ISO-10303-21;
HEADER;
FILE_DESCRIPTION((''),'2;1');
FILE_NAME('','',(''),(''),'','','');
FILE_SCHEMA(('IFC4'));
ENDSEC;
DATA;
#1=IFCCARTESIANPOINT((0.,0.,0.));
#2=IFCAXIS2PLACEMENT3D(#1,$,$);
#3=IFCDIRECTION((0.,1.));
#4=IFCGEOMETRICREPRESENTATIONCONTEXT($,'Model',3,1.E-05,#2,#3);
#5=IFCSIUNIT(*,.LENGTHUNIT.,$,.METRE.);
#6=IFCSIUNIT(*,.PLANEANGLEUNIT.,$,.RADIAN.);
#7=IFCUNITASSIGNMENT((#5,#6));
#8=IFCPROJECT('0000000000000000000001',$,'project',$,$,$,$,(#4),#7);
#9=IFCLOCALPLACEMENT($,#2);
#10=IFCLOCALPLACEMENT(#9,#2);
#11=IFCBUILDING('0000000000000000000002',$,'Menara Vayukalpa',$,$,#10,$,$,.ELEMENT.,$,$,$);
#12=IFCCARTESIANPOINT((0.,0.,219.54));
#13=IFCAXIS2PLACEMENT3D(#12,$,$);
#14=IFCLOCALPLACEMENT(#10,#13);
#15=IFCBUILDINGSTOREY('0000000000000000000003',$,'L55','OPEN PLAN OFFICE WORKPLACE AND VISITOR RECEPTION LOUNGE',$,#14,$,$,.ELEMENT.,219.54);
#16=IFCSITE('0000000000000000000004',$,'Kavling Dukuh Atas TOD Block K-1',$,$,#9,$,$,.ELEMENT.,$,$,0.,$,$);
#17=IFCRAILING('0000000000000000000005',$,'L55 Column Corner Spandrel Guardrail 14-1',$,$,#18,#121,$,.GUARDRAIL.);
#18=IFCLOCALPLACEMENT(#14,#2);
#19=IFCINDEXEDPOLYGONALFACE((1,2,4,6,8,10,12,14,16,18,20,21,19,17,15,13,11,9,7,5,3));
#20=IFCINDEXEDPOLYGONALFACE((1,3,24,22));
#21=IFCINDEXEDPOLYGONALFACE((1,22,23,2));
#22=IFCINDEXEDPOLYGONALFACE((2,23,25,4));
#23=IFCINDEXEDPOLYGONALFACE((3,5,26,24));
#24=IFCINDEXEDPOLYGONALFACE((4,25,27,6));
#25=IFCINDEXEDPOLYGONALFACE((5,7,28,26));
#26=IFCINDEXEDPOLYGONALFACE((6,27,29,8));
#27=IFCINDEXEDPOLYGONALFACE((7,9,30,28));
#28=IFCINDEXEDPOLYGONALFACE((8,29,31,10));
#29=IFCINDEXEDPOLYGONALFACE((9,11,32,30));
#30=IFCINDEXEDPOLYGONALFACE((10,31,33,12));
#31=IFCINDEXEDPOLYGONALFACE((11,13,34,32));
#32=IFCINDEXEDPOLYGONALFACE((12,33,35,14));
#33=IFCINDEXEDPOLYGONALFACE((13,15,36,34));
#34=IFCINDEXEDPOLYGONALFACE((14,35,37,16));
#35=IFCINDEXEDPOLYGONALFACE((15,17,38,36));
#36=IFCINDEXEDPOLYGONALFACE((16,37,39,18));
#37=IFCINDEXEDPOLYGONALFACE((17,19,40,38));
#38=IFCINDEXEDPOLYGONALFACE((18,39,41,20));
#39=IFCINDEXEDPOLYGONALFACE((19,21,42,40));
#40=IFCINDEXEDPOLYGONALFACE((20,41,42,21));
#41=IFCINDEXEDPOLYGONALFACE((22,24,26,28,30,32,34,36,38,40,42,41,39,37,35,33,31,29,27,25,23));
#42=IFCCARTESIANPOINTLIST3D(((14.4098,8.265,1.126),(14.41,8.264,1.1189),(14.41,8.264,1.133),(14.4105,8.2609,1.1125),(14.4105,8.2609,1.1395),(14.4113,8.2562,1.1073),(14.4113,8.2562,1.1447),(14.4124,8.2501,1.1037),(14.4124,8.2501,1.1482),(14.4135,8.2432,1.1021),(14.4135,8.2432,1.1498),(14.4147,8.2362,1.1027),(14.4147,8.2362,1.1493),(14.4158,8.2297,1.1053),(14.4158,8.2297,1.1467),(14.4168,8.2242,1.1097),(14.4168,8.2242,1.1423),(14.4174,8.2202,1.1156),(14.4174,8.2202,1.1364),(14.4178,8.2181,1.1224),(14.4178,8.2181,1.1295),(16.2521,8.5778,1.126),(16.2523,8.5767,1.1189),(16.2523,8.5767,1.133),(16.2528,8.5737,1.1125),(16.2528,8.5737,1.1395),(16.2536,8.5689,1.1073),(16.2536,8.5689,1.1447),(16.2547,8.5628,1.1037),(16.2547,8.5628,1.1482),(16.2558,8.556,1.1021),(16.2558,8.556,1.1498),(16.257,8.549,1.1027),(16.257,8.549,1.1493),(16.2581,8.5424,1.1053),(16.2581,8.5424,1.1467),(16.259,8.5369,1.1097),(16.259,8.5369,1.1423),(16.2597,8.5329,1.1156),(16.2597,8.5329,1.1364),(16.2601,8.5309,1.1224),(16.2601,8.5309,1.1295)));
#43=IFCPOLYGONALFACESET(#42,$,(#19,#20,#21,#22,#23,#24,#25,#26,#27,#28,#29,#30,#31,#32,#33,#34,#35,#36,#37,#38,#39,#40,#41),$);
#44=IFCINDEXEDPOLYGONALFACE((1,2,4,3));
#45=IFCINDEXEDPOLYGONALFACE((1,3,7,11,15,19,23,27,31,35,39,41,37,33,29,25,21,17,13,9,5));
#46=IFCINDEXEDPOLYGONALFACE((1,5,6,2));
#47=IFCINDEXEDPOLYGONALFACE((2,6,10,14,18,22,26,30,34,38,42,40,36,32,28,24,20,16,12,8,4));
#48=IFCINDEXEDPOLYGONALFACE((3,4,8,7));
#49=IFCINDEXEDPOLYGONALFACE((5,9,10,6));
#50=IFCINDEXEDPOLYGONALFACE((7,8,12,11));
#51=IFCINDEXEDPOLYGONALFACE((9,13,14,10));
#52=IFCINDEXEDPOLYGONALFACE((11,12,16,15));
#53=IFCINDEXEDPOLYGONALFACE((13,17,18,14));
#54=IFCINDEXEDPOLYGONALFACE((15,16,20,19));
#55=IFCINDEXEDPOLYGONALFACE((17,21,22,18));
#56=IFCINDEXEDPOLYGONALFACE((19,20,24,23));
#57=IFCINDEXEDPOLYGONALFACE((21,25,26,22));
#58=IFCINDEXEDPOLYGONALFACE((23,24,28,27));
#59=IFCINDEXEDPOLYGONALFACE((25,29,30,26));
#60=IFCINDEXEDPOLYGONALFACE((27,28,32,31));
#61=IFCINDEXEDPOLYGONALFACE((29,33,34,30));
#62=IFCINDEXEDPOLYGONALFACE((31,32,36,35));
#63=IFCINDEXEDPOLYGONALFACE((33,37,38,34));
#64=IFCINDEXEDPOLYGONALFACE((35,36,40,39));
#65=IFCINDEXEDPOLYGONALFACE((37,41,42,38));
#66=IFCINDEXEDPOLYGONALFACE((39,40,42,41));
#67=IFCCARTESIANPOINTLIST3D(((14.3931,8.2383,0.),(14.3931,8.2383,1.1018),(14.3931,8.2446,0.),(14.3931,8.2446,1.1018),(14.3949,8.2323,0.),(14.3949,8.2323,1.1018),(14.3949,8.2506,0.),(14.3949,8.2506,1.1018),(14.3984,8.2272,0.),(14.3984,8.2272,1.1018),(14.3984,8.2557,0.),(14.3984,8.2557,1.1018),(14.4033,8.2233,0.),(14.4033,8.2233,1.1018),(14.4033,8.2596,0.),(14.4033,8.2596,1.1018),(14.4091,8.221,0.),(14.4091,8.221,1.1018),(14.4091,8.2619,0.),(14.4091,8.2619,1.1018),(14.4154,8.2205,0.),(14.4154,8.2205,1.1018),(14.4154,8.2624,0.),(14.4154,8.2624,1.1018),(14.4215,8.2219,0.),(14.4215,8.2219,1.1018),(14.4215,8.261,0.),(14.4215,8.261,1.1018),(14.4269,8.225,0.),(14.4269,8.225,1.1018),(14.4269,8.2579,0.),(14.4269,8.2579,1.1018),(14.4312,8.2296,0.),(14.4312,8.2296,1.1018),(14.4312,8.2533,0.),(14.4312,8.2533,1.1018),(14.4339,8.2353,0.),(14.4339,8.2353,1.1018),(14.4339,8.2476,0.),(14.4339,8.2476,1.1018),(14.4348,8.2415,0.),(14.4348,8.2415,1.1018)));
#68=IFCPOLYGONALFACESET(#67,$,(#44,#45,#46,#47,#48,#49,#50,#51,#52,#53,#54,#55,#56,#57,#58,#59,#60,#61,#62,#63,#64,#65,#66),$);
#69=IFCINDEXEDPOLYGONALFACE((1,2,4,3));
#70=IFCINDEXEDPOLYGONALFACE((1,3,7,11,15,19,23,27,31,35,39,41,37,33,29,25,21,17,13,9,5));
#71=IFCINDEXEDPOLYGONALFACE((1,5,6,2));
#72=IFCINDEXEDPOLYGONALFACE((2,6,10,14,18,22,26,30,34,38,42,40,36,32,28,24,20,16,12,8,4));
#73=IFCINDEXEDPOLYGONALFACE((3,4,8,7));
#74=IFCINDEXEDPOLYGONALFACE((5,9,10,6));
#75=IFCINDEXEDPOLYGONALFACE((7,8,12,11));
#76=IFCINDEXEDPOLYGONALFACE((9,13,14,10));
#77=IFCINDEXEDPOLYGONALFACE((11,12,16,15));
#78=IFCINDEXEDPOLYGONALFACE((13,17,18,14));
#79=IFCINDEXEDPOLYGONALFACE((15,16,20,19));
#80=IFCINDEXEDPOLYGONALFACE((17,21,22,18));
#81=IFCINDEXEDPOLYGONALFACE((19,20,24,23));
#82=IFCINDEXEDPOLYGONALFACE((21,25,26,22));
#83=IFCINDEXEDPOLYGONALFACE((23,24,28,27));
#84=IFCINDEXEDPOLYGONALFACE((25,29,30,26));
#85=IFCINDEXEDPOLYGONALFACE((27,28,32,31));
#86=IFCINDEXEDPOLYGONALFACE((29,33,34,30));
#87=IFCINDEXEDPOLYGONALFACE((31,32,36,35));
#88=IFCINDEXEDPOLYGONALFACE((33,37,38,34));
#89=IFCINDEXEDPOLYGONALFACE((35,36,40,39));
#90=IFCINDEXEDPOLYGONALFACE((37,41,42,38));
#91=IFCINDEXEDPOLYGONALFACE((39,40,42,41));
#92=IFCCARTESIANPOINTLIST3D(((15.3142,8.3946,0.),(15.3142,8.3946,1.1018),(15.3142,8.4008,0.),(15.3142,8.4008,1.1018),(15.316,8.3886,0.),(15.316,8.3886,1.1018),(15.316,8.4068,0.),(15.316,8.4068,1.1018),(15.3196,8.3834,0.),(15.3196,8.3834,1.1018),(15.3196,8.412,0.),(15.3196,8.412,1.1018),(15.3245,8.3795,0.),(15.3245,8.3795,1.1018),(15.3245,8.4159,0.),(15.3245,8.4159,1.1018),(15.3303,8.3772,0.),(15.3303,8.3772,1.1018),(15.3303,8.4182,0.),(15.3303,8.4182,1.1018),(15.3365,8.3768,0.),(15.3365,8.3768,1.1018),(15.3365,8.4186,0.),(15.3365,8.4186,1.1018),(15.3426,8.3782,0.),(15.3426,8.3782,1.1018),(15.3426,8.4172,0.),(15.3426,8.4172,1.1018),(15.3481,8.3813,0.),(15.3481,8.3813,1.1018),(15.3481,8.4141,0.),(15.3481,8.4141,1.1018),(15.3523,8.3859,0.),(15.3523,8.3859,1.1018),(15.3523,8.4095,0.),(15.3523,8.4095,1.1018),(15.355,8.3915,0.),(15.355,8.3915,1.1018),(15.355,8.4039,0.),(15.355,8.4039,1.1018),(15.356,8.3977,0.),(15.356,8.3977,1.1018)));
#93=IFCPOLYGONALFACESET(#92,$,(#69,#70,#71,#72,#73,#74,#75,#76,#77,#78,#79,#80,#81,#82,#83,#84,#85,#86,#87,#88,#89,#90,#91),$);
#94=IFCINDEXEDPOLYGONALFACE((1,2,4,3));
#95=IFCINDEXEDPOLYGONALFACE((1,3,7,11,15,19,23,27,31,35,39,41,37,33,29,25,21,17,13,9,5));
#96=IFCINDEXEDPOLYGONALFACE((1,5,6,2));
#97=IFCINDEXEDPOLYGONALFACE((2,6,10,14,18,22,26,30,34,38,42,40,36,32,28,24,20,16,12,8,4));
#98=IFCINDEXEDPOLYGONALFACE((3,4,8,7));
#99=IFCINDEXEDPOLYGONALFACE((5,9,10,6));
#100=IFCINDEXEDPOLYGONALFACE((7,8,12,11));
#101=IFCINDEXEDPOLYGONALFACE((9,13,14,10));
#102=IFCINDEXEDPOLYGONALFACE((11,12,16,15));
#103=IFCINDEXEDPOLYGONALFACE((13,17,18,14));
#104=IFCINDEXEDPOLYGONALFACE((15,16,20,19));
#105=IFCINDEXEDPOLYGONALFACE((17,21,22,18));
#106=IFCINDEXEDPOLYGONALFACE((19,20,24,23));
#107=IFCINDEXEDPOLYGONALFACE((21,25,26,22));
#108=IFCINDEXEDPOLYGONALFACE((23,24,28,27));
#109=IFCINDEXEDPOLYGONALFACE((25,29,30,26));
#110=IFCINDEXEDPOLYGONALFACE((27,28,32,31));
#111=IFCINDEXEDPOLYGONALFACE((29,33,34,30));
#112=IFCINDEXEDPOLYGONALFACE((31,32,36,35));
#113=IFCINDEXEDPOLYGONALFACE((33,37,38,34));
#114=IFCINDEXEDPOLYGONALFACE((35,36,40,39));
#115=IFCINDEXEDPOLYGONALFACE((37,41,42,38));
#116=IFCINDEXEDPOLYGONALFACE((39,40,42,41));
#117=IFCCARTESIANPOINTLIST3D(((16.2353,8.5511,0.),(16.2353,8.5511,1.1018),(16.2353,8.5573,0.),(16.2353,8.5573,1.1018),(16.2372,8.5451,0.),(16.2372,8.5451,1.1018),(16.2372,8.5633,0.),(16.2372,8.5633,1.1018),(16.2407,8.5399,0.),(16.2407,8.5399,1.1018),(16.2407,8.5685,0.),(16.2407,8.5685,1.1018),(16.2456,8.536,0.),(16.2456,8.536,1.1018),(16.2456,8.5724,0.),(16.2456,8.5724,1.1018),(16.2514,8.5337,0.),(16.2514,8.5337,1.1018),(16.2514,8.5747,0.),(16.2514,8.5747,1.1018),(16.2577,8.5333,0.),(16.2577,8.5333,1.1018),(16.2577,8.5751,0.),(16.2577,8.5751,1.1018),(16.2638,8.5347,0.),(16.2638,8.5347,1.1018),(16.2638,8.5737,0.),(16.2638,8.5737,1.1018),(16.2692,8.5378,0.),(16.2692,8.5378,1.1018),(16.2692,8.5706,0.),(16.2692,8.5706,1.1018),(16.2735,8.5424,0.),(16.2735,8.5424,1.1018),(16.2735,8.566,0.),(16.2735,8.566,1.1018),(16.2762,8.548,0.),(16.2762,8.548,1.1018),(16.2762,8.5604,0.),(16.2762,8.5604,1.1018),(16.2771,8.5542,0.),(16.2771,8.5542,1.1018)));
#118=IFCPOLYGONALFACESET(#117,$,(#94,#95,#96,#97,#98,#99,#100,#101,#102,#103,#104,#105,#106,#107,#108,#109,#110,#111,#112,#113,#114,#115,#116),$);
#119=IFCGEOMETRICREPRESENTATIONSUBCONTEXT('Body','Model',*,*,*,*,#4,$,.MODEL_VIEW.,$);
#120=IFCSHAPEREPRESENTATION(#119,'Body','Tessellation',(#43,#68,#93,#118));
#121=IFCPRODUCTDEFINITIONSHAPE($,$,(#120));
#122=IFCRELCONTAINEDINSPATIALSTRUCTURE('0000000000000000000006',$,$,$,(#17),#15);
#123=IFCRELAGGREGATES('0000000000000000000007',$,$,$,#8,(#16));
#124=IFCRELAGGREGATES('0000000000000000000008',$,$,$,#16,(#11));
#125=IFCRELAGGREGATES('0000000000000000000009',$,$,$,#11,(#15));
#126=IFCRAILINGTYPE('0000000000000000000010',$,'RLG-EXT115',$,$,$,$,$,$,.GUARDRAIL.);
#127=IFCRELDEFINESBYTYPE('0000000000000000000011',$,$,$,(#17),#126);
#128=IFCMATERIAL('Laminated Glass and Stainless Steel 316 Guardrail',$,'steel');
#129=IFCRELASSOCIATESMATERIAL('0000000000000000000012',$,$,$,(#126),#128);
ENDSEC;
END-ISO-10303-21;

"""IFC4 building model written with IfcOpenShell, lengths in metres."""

from ifc_helpers import new_model, si_unit, direction, frame, origin, origin_2d, place, context, subcontext, project, spatial, circle, extrude, material, type_object, element, save


model = new_model("IFC4")

# Units and contexts
model_context = context("Model", 3, precision=1e-05, world=origin(), true_north=direction((0.0, 1.0)))
body_context = subcontext(model_context, "Body", "Model", "MODEL_VIEW")
ifc_project = project(units=[si_unit("LENGTHUNIT", "METRE"), si_unit("PLANEANGLEUNIT", "RADIAN")], contexts=[model_context])

# Site, building, storey
site_placement = place(None, origin())
site = spatial("IfcSite", under=ifc_project, at=site_placement, Name="Kavling Dukuh Atas TOD Block K-1", CompositionType="ELEMENT", RefElevation=0.0)
building_placement = place(site_placement, origin())
building = spatial("IfcBuilding", under=site, at=building_placement, Name="Menara Vayukalpa", CompositionType="ELEMENT")
storey_placement = place(building_placement, frame((0.0, 0.0, 219.54)))
storey = spatial("IfcBuildingStorey", under=building, at=storey_placement, Name="L55", Description="OPEN PLAN OFFICE WORKPLACE AND VISITOR RECEPTION LOUNGE", CompositionType="ELEMENT", Elevation=219.54)

# Railing
ifc_material_1 = material(Name="Laminated Glass and Stainless Steel 316 Guardrail", Category="steel")
railing_type = type_object("IfcRailingType", Name="RLG-EXT115", PredefinedType="GUARDRAIL", material=ifc_material_1)
railing_placement = place(storey_placement, frame((14.4138, 8.2415, 0.0)))
element("IfcRailing", 1, at=railing_placement, inside=storey, type_object=railing_type, Name="L55 Column Corner Spandrel Guardrail 14-1", PredefinedType="GUARDRAIL", context=body_context, shape_type="SweptSolid", body=[
    extrude(circle(Radius=0.0239, at=origin_2d()), frame((0.0, 0.0, 1.126), z_axis=(0.985895, 0.167364, 0.0), x_axis=(-0.167364, 0.985895, 0.0)), (0.0, 0.0, 1.0), 1.8687),
    extrude(circle(Radius=0.021, at=origin_2d()), origin(), (0.0, 0.0, 1.0), 1.1018),
    extrude(circle(Radius=0.021, at=origin_2d()), frame((0.9211, 0.1562, 0.0)), (0.0, 0.0, 1.0), 1.1018),
    extrude(circle(Radius=0.021, at=origin_2d()), frame((1.8423, 0.3127, 0.0)), (0.0, 0.0, 1.0), 1.1018),
])

save(model, "model.ifc")
